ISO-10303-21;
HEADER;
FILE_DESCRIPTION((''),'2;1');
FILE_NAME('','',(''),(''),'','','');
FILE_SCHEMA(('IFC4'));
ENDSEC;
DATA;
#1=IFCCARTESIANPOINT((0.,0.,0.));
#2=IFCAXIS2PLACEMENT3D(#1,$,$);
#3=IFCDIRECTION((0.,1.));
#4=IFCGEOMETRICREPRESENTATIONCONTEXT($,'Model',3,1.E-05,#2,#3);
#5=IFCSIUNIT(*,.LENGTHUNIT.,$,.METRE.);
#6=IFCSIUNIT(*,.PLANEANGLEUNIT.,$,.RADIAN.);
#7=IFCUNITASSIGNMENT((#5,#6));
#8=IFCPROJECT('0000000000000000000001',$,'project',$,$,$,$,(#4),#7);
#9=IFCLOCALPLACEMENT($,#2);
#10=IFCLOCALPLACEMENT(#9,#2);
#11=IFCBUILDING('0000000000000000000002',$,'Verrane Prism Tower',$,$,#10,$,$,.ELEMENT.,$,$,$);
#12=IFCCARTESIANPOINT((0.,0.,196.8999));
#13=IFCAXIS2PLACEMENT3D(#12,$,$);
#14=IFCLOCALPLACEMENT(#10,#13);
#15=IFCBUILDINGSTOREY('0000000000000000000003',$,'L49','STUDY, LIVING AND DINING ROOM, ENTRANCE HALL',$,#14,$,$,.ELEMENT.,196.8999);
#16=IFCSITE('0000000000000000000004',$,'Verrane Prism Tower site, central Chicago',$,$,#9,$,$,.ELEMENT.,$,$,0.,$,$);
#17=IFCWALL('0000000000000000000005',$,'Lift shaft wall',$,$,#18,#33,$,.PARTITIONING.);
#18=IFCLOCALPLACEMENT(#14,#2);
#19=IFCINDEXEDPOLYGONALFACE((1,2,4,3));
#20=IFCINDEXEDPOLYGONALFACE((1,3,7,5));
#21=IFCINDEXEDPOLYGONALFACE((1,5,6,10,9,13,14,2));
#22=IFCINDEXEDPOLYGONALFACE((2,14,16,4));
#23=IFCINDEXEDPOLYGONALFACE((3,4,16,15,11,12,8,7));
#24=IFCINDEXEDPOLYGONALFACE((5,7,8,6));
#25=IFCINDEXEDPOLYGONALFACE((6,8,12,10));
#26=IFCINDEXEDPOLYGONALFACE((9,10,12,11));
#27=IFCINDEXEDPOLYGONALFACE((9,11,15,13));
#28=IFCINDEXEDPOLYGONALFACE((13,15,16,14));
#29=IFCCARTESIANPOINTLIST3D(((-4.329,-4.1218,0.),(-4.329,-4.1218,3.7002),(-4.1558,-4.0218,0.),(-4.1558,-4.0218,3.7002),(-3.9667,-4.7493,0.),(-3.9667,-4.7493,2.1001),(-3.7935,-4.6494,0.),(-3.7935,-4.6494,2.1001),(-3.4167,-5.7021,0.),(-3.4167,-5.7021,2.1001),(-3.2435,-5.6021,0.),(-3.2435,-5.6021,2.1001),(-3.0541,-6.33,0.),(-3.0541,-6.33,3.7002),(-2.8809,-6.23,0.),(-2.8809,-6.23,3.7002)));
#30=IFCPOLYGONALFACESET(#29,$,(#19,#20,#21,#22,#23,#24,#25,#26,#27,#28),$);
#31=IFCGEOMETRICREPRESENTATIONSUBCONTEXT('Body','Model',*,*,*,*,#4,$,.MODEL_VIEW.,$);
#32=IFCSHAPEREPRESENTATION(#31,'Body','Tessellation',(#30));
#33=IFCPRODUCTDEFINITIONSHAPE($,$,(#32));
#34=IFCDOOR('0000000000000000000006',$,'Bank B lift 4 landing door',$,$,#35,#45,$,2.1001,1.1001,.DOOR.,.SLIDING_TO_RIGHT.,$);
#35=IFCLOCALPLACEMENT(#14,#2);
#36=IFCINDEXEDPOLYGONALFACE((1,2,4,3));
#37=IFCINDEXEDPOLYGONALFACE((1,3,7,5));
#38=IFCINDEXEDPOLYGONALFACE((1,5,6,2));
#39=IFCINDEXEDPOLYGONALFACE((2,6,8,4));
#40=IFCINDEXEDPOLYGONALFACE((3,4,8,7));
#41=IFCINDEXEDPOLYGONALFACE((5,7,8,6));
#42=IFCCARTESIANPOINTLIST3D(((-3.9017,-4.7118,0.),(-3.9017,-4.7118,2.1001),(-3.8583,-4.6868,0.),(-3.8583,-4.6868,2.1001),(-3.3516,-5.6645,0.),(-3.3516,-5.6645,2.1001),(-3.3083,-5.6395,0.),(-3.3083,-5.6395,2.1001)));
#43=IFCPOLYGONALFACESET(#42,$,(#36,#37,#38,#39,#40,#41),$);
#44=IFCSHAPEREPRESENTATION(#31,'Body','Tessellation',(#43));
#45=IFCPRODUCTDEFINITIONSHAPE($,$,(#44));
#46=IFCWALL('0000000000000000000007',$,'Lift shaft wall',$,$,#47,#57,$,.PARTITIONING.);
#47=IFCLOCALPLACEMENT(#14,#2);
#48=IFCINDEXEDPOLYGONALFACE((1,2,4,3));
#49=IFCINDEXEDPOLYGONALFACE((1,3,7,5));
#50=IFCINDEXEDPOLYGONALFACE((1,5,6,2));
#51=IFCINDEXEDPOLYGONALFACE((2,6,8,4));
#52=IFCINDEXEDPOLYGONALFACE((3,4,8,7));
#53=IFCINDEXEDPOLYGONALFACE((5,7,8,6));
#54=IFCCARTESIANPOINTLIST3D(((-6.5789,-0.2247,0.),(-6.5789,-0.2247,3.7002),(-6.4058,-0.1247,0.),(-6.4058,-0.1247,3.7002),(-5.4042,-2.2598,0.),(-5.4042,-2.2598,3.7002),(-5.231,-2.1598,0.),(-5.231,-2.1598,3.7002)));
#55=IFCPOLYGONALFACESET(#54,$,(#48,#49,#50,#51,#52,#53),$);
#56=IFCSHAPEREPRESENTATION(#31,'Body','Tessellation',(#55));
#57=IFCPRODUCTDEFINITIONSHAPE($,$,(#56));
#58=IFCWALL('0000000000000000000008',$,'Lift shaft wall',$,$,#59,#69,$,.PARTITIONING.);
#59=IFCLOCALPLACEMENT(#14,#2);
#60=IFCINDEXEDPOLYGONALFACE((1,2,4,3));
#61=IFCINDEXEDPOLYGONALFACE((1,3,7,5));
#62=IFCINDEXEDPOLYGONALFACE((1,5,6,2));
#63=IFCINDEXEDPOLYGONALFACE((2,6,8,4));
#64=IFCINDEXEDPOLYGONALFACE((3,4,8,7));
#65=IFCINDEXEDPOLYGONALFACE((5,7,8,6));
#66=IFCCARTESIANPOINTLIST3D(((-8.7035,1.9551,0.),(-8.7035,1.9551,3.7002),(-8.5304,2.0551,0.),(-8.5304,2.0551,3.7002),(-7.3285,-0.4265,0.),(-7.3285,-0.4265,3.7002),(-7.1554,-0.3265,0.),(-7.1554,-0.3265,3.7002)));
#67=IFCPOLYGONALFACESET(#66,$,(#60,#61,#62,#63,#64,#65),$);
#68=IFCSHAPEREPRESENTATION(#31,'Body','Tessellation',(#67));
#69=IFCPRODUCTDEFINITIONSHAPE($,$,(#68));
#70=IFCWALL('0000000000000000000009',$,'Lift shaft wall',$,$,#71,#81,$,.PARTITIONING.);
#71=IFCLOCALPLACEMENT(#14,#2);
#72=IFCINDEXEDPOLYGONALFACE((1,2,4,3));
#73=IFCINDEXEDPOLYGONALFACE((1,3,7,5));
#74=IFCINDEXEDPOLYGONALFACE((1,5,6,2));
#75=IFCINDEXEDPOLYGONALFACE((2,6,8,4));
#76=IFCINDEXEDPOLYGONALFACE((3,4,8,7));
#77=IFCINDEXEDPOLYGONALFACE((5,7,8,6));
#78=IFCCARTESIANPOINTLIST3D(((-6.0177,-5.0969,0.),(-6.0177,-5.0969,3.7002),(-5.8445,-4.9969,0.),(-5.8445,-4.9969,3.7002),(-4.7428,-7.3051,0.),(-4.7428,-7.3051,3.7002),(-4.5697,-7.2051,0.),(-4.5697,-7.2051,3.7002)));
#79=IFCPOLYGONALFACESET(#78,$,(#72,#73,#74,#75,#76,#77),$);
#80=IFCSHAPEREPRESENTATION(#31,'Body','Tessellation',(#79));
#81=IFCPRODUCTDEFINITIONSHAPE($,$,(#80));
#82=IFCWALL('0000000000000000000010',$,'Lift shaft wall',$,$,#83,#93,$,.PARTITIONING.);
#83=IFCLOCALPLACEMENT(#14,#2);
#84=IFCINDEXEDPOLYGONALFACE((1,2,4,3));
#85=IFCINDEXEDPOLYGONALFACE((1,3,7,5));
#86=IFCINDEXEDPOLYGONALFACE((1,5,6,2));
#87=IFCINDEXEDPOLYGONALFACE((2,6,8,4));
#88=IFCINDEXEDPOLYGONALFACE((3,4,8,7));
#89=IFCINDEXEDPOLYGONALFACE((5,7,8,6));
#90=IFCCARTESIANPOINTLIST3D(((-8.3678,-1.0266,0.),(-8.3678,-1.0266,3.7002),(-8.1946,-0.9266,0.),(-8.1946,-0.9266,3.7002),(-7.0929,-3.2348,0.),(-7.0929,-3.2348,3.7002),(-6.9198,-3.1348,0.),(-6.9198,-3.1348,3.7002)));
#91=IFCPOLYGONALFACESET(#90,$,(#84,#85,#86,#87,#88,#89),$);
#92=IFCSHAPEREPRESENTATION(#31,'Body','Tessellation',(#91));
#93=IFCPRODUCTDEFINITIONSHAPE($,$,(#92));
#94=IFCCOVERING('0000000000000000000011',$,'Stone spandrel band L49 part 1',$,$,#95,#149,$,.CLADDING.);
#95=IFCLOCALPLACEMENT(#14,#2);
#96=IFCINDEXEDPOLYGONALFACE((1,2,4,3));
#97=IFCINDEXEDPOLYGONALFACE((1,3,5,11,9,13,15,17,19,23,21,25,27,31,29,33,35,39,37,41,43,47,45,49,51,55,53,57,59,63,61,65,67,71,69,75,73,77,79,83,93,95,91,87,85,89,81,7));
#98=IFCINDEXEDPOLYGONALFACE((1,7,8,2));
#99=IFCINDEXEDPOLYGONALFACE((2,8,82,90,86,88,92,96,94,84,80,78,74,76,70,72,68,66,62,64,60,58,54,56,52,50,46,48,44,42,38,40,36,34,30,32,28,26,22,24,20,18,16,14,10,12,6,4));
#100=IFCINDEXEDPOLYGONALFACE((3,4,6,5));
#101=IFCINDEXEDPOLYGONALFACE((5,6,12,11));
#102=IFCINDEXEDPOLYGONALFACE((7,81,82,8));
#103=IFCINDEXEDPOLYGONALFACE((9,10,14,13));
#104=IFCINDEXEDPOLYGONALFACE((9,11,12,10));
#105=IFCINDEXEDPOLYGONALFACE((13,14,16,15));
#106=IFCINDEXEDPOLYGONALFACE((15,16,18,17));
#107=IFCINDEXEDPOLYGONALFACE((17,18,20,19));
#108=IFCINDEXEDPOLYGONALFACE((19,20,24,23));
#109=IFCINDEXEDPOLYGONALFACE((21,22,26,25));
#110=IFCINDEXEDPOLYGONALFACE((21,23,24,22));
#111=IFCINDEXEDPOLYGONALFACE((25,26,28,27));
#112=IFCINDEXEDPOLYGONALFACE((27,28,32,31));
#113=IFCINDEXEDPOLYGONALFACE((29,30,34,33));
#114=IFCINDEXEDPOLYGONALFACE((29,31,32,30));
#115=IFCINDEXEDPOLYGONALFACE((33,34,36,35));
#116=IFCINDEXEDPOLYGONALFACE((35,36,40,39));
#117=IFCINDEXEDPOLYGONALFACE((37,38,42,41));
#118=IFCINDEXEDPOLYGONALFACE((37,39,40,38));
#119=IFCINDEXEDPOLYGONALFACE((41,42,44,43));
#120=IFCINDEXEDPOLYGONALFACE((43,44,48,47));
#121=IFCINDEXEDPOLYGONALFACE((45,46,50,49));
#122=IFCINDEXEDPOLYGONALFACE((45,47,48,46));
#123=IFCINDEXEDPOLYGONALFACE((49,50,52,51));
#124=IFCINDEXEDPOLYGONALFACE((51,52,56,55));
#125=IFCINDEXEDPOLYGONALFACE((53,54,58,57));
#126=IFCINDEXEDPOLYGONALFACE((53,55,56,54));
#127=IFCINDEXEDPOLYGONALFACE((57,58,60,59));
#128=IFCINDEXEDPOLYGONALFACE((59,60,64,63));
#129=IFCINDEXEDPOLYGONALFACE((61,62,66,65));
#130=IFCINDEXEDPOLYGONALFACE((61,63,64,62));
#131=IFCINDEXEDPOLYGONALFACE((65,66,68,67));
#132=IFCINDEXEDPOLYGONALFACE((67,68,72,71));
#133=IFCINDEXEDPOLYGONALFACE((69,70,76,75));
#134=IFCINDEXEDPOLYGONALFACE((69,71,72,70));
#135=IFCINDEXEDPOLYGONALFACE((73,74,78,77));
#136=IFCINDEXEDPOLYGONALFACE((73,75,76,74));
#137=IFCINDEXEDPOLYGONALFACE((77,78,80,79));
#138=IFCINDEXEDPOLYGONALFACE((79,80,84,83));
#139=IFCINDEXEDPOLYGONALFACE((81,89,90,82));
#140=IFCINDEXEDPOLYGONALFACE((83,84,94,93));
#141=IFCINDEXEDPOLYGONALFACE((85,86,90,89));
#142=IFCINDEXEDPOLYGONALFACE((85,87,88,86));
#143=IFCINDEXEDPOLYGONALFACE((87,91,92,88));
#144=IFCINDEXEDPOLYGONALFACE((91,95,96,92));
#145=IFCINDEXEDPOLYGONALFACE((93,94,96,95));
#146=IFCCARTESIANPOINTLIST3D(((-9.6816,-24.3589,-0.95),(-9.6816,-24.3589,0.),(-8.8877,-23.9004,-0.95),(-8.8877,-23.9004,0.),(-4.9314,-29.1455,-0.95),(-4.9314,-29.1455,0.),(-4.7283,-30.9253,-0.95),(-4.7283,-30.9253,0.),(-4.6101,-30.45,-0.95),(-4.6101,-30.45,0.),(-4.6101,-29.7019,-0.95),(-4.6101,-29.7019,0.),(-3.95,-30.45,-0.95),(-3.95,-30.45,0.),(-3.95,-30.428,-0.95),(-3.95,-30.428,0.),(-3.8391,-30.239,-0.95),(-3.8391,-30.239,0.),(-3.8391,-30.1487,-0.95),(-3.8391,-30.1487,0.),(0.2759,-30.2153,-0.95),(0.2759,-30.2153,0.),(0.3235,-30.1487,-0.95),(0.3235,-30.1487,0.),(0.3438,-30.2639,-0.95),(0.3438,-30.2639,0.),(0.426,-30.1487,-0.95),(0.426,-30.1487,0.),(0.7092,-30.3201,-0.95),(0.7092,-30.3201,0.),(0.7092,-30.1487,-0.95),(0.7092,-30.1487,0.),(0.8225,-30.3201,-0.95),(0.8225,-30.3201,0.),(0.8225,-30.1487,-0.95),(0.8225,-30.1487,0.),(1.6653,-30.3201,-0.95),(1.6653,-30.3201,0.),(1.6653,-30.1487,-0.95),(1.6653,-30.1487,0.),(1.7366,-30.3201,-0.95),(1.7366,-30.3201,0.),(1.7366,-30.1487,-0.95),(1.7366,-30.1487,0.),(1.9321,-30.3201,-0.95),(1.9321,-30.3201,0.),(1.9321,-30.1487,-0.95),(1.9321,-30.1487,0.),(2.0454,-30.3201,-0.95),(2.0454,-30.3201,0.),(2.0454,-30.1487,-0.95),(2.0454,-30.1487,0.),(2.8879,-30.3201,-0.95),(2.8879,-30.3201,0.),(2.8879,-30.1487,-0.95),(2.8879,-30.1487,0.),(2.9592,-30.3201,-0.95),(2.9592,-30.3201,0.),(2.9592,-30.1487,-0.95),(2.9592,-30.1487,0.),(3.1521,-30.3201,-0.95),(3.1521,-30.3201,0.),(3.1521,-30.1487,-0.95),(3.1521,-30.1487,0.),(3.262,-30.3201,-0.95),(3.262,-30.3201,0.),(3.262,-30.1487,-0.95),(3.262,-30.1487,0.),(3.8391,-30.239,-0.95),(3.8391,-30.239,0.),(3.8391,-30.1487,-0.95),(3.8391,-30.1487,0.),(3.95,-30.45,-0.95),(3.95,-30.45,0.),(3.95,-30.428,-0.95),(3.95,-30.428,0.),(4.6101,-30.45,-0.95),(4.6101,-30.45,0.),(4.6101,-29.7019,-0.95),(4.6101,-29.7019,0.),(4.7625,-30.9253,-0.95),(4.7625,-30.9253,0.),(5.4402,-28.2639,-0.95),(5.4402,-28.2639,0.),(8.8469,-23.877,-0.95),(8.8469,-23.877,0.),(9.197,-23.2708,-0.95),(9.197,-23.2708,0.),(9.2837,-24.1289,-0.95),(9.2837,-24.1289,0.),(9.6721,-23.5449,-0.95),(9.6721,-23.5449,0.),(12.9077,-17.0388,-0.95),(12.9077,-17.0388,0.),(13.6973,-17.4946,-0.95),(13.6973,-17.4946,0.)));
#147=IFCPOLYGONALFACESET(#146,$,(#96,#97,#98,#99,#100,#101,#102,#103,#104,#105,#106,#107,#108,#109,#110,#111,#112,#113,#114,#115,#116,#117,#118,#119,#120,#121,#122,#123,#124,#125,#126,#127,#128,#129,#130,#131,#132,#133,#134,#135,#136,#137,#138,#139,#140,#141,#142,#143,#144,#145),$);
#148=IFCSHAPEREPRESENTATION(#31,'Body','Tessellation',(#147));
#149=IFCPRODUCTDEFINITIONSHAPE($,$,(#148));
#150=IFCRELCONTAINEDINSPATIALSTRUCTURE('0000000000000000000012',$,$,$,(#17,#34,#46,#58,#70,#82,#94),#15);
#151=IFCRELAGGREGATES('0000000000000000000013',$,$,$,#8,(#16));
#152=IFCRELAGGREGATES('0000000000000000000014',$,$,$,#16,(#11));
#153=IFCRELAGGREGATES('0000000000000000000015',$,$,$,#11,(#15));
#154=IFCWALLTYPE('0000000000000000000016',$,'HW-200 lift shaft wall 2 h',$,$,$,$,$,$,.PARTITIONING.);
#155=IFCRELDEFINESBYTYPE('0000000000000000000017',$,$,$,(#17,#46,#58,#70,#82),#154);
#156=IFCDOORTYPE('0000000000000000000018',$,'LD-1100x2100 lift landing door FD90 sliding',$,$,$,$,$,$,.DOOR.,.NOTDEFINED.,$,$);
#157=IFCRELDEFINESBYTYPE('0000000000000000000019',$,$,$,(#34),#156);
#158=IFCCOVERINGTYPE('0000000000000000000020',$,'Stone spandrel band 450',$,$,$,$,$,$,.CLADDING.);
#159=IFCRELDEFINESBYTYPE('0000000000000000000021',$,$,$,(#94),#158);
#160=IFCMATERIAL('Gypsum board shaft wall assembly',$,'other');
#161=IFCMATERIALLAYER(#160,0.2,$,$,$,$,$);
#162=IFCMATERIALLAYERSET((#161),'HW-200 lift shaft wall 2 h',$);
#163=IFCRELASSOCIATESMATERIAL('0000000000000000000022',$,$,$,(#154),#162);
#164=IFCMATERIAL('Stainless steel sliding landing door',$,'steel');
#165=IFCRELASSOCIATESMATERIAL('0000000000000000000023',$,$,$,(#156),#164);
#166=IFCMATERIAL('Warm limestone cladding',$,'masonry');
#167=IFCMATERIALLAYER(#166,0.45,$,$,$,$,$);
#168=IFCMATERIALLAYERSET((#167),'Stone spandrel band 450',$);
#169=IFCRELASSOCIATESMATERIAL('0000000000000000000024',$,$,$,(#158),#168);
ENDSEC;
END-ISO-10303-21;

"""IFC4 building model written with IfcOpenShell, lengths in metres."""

from ifc_helpers import new_model, si_unit, direction, frame, frame_2d, origin, place, context, subcontext, project, spatial, polyline, rectangle, outline, extrude, material, layer, layer_set, type_object, element, fill, save


model = new_model("IFC4")

# Units and contexts
model_context = context("Model", 3, precision=1e-05, world=origin(), true_north=direction((0.0, 1.0)))
body_context = subcontext(model_context, "Body", "Model", "MODEL_VIEW")
ifc_project = project(units=[si_unit("LENGTHUNIT", "METRE"), si_unit("PLANEANGLEUNIT", "RADIAN")], contexts=[model_context])

# Site, building, storey
site_placement = place(None, origin())
site = spatial("IfcSite", under=ifc_project, at=site_placement, Name="Verrane Prism Tower site, central Chicago", CompositionType="ELEMENT", RefElevation=0.0)
building_placement = place(site_placement, origin())
building = spatial("IfcBuilding", under=site, at=building_placement, Name="Verrane Prism Tower", CompositionType="ELEMENT")
storey_placement = place(building_placement, frame((0.0, 0.0, 196.8999)))
storey = spatial("IfcBuildingStorey", under=building, at=storey_placement, Name="L49", Description="STUDY, LIVING AND DINING ROOM, ENTRANCE HALL", CompositionType="ELEMENT", Elevation=196.8999)

# Shared definitions
ifc_material_1 = material(Name="Gypsum board shaft wall assembly", Category="other")
ifc_layer_1 = layer(ifc_material_1, 0.2)
ifc_layer_set_1 = layer_set([ifc_layer_1], Name="HW-200 lift shaft wall 2 h")
wall_type_1 = type_object("IfcWallType", Name="HW-200 lift shaft wall 2 h", PredefinedType="PARTITIONING", material=ifc_layer_set_1)
ifc_material_2 = material(Name="Stainless steel sliding landing door", Category="steel")
door_type_1 = type_object("IfcDoorType", Name="LD-1100x2100 lift landing door FD90 sliding", OperationType="NOTDEFINED", PredefinedType="DOOR", material=ifc_material_2)

# Wall, opening, door
wall_1_placement = place(storey_placement, frame((-2.9675, -6.28, 0.0), z_axis=(0.0, 0.0, 1.0), x_axis=(-0.49999, 0.866031, 0.0)))
wall_1 = element("IfcWall", 1, at=wall_1_placement, inside=storey, type_object=wall_type_1, Name="Lift shaft wall", PredefinedType="PARTITIONING", context=body_context, shape_type="SweptSolid", body=[
    extrude(rectangle(XDim=2.5498, YDim=0.2, at=frame_2d((1.2749, 0.0))), origin(), (0.0, 0.0, 1.0), 3.7002),
])
opening_1_placement = place(wall_1_placement, frame((0.7251, 0.0, 0.0)))
opening_1 = element("IfcOpeningElement", 2, at=opening_1_placement, cuts=wall_1, PredefinedType="OPENING", context=body_context, shape_type="SweptSolid", body=[
    extrude(rectangle(XDim=1.1001, YDim=2.1001, at=frame_2d((0.55, 1.05))), frame((0.0, 0.1099, 0.0), z_axis=(0.0, -1.0, 0.0), x_axis=(1.0, 0.0, 0.0)), (0.0, 0.0, 1.0), 0.22),
])
door_1_placement = place(opening_1_placement, origin())
door_1 = element("IfcDoor", 3, at=door_1_placement, inside=storey, type_object=door_type_1, Name="Bank B lift 4 landing door", OperationType="SLIDING_TO_RIGHT", OverallHeight=2.1001, OverallWidth=1.1001, PredefinedType="DOOR", context=body_context, shape_type="SweptSolid", body=[
    extrude(rectangle(XDim=1.1001, YDim=2.1001, at=frame_2d((0.55, 1.05))), frame((0.0, 0.0249, 0.0), z_axis=(0.0, -1.0, 0.0), x_axis=(1.0, 0.0, 0.0)), (0.0, 0.0, 1.0), 0.05),
])
fill(opening_1, door_1)

# Walls
wall_2_placement = place(storey_placement, frame((-5.3176, -2.2097, 0.0), z_axis=(0.0, 0.0, 1.0), x_axis=(-0.499938, 0.866061, 0.0)))
element("IfcWall", 4, at=wall_2_placement, inside=storey, type_object=wall_type_1, Name="Lift shaft wall", PredefinedType="PARTITIONING", context=body_context, shape_type="SweptSolid", body=[
    extrude(rectangle(XDim=2.3499, YDim=0.2, at=frame_2d((1.1748, 0.0))), origin(), (0.0, 0.0, 1.0), 3.7002),
])
wall_3_placement = place(storey_placement, frame((-7.2419, -0.3765, 0.0), z_axis=(0.0, 0.0, 1.0), x_axis=(-0.499997, 0.866027, 0.0)))
element("IfcWall", 5, at=wall_3_placement, inside=storey, type_object=wall_type_1, Name="Lift shaft wall", PredefinedType="PARTITIONING", context=body_context, shape_type="SweptSolid", body=[
    extrude(rectangle(XDim=2.75, YDim=0.2, at=frame_2d((1.375, 0.0))), origin(), (0.0, 0.0, 1.0), 3.7002),
])
for number, where, z_axis, x_axis, name in (
    (6, (-4.6562, -7.2551, 0.0), (0.0, 0.0, 1.0), (-0.49999, 0.866031, 0.0), "Lift shaft wall"),
    (7, (-7.0063, -3.1848, 0.0), (0.0, 0.0, 1.0), (-0.49999, 0.866031, 0.0), "Lift shaft wall"),
):
    element("IfcWall", number, at=place(storey_placement, frame(where, z_axis=z_axis, x_axis=x_axis)), inside=storey, type_object=wall_type_1, Name=name, PredefinedType="PARTITIONING", context=body_context, shape_type="SweptSolid", body=[
        extrude(rectangle(XDim=2.5498, YDim=0.2, at=frame_2d((1.2749, 0.0))), origin(), (0.0, 0.0, 1.0), 3.7002),
    ])

# Covering
ifc_material_3 = material(Name="Warm limestone cladding", Category="masonry")
ifc_layer_2 = layer(ifc_material_3, 0.45)
ifc_layer_set_2 = layer_set([ifc_layer_2], Name="Stone spandrel band 450")
covering_type = type_object("IfcCoveringType", Name="Stone spandrel band 450", PredefinedType="CLADDING", material=ifc_layer_set_2)
covering_1_placement = place(storey_placement, frame((0.0, 0.0, -0.95)))
element("IfcCovering", 8, at=covering_1_placement, inside=storey, type_object=covering_type, Name="Stone spandrel band L49 part 1", PredefinedType="CLADDING", context=body_context, shape_type="SweptSolid", body=[
    extrude(outline(polyline([(4.7625, -30.9253), (9.2837, -24.1289), (8.8469, -23.877), (9.197, -23.2708), (9.6721, -23.5449), (13.6973, -17.4946), (12.9077, -17.0388), (5.4402, -28.2639), (4.6101, -29.7019), (4.6101, -30.45), (3.95, -30.45), (3.95, -30.428), (3.8391, -30.239), (3.8391, -30.1487), (3.262, -30.1487), (3.262, -30.3201), (3.1521, -30.3201), (3.1521, -30.1487), (2.9592, -30.1487), (2.9592, -30.3201), (2.8879, -30.3201), (2.8879, -30.1487), (2.0454, -30.1487), (2.0454, -30.3201), (1.9321, -30.3201), (1.9321, -30.1487), (1.7366, -30.1487), (1.7366, -30.3201), (1.6653, -30.3201), (1.6653, -30.1487), (0.8225, -30.1487), (0.8225, -30.3201), (0.7092, -30.3201), (0.7092, -30.1487), (0.426, -30.1487), (0.3438, -30.2639), (0.2759, -30.2153), (0.3235, -30.1487), (-3.8391, -30.1487), (-3.8391, -30.239), (-3.95, -30.428), (-3.95, -30.45), (-4.6101, -30.45), (-4.6101, -29.7019), (-4.9314, -29.1455), (-8.8877, -23.9004), (-9.6816, -24.3589), (-4.7283, -30.9253), (4.7625, -30.9253)])), origin(), (0.0, 0.0, 1.0), 0.95),
])

save(model, "model.ifc")
